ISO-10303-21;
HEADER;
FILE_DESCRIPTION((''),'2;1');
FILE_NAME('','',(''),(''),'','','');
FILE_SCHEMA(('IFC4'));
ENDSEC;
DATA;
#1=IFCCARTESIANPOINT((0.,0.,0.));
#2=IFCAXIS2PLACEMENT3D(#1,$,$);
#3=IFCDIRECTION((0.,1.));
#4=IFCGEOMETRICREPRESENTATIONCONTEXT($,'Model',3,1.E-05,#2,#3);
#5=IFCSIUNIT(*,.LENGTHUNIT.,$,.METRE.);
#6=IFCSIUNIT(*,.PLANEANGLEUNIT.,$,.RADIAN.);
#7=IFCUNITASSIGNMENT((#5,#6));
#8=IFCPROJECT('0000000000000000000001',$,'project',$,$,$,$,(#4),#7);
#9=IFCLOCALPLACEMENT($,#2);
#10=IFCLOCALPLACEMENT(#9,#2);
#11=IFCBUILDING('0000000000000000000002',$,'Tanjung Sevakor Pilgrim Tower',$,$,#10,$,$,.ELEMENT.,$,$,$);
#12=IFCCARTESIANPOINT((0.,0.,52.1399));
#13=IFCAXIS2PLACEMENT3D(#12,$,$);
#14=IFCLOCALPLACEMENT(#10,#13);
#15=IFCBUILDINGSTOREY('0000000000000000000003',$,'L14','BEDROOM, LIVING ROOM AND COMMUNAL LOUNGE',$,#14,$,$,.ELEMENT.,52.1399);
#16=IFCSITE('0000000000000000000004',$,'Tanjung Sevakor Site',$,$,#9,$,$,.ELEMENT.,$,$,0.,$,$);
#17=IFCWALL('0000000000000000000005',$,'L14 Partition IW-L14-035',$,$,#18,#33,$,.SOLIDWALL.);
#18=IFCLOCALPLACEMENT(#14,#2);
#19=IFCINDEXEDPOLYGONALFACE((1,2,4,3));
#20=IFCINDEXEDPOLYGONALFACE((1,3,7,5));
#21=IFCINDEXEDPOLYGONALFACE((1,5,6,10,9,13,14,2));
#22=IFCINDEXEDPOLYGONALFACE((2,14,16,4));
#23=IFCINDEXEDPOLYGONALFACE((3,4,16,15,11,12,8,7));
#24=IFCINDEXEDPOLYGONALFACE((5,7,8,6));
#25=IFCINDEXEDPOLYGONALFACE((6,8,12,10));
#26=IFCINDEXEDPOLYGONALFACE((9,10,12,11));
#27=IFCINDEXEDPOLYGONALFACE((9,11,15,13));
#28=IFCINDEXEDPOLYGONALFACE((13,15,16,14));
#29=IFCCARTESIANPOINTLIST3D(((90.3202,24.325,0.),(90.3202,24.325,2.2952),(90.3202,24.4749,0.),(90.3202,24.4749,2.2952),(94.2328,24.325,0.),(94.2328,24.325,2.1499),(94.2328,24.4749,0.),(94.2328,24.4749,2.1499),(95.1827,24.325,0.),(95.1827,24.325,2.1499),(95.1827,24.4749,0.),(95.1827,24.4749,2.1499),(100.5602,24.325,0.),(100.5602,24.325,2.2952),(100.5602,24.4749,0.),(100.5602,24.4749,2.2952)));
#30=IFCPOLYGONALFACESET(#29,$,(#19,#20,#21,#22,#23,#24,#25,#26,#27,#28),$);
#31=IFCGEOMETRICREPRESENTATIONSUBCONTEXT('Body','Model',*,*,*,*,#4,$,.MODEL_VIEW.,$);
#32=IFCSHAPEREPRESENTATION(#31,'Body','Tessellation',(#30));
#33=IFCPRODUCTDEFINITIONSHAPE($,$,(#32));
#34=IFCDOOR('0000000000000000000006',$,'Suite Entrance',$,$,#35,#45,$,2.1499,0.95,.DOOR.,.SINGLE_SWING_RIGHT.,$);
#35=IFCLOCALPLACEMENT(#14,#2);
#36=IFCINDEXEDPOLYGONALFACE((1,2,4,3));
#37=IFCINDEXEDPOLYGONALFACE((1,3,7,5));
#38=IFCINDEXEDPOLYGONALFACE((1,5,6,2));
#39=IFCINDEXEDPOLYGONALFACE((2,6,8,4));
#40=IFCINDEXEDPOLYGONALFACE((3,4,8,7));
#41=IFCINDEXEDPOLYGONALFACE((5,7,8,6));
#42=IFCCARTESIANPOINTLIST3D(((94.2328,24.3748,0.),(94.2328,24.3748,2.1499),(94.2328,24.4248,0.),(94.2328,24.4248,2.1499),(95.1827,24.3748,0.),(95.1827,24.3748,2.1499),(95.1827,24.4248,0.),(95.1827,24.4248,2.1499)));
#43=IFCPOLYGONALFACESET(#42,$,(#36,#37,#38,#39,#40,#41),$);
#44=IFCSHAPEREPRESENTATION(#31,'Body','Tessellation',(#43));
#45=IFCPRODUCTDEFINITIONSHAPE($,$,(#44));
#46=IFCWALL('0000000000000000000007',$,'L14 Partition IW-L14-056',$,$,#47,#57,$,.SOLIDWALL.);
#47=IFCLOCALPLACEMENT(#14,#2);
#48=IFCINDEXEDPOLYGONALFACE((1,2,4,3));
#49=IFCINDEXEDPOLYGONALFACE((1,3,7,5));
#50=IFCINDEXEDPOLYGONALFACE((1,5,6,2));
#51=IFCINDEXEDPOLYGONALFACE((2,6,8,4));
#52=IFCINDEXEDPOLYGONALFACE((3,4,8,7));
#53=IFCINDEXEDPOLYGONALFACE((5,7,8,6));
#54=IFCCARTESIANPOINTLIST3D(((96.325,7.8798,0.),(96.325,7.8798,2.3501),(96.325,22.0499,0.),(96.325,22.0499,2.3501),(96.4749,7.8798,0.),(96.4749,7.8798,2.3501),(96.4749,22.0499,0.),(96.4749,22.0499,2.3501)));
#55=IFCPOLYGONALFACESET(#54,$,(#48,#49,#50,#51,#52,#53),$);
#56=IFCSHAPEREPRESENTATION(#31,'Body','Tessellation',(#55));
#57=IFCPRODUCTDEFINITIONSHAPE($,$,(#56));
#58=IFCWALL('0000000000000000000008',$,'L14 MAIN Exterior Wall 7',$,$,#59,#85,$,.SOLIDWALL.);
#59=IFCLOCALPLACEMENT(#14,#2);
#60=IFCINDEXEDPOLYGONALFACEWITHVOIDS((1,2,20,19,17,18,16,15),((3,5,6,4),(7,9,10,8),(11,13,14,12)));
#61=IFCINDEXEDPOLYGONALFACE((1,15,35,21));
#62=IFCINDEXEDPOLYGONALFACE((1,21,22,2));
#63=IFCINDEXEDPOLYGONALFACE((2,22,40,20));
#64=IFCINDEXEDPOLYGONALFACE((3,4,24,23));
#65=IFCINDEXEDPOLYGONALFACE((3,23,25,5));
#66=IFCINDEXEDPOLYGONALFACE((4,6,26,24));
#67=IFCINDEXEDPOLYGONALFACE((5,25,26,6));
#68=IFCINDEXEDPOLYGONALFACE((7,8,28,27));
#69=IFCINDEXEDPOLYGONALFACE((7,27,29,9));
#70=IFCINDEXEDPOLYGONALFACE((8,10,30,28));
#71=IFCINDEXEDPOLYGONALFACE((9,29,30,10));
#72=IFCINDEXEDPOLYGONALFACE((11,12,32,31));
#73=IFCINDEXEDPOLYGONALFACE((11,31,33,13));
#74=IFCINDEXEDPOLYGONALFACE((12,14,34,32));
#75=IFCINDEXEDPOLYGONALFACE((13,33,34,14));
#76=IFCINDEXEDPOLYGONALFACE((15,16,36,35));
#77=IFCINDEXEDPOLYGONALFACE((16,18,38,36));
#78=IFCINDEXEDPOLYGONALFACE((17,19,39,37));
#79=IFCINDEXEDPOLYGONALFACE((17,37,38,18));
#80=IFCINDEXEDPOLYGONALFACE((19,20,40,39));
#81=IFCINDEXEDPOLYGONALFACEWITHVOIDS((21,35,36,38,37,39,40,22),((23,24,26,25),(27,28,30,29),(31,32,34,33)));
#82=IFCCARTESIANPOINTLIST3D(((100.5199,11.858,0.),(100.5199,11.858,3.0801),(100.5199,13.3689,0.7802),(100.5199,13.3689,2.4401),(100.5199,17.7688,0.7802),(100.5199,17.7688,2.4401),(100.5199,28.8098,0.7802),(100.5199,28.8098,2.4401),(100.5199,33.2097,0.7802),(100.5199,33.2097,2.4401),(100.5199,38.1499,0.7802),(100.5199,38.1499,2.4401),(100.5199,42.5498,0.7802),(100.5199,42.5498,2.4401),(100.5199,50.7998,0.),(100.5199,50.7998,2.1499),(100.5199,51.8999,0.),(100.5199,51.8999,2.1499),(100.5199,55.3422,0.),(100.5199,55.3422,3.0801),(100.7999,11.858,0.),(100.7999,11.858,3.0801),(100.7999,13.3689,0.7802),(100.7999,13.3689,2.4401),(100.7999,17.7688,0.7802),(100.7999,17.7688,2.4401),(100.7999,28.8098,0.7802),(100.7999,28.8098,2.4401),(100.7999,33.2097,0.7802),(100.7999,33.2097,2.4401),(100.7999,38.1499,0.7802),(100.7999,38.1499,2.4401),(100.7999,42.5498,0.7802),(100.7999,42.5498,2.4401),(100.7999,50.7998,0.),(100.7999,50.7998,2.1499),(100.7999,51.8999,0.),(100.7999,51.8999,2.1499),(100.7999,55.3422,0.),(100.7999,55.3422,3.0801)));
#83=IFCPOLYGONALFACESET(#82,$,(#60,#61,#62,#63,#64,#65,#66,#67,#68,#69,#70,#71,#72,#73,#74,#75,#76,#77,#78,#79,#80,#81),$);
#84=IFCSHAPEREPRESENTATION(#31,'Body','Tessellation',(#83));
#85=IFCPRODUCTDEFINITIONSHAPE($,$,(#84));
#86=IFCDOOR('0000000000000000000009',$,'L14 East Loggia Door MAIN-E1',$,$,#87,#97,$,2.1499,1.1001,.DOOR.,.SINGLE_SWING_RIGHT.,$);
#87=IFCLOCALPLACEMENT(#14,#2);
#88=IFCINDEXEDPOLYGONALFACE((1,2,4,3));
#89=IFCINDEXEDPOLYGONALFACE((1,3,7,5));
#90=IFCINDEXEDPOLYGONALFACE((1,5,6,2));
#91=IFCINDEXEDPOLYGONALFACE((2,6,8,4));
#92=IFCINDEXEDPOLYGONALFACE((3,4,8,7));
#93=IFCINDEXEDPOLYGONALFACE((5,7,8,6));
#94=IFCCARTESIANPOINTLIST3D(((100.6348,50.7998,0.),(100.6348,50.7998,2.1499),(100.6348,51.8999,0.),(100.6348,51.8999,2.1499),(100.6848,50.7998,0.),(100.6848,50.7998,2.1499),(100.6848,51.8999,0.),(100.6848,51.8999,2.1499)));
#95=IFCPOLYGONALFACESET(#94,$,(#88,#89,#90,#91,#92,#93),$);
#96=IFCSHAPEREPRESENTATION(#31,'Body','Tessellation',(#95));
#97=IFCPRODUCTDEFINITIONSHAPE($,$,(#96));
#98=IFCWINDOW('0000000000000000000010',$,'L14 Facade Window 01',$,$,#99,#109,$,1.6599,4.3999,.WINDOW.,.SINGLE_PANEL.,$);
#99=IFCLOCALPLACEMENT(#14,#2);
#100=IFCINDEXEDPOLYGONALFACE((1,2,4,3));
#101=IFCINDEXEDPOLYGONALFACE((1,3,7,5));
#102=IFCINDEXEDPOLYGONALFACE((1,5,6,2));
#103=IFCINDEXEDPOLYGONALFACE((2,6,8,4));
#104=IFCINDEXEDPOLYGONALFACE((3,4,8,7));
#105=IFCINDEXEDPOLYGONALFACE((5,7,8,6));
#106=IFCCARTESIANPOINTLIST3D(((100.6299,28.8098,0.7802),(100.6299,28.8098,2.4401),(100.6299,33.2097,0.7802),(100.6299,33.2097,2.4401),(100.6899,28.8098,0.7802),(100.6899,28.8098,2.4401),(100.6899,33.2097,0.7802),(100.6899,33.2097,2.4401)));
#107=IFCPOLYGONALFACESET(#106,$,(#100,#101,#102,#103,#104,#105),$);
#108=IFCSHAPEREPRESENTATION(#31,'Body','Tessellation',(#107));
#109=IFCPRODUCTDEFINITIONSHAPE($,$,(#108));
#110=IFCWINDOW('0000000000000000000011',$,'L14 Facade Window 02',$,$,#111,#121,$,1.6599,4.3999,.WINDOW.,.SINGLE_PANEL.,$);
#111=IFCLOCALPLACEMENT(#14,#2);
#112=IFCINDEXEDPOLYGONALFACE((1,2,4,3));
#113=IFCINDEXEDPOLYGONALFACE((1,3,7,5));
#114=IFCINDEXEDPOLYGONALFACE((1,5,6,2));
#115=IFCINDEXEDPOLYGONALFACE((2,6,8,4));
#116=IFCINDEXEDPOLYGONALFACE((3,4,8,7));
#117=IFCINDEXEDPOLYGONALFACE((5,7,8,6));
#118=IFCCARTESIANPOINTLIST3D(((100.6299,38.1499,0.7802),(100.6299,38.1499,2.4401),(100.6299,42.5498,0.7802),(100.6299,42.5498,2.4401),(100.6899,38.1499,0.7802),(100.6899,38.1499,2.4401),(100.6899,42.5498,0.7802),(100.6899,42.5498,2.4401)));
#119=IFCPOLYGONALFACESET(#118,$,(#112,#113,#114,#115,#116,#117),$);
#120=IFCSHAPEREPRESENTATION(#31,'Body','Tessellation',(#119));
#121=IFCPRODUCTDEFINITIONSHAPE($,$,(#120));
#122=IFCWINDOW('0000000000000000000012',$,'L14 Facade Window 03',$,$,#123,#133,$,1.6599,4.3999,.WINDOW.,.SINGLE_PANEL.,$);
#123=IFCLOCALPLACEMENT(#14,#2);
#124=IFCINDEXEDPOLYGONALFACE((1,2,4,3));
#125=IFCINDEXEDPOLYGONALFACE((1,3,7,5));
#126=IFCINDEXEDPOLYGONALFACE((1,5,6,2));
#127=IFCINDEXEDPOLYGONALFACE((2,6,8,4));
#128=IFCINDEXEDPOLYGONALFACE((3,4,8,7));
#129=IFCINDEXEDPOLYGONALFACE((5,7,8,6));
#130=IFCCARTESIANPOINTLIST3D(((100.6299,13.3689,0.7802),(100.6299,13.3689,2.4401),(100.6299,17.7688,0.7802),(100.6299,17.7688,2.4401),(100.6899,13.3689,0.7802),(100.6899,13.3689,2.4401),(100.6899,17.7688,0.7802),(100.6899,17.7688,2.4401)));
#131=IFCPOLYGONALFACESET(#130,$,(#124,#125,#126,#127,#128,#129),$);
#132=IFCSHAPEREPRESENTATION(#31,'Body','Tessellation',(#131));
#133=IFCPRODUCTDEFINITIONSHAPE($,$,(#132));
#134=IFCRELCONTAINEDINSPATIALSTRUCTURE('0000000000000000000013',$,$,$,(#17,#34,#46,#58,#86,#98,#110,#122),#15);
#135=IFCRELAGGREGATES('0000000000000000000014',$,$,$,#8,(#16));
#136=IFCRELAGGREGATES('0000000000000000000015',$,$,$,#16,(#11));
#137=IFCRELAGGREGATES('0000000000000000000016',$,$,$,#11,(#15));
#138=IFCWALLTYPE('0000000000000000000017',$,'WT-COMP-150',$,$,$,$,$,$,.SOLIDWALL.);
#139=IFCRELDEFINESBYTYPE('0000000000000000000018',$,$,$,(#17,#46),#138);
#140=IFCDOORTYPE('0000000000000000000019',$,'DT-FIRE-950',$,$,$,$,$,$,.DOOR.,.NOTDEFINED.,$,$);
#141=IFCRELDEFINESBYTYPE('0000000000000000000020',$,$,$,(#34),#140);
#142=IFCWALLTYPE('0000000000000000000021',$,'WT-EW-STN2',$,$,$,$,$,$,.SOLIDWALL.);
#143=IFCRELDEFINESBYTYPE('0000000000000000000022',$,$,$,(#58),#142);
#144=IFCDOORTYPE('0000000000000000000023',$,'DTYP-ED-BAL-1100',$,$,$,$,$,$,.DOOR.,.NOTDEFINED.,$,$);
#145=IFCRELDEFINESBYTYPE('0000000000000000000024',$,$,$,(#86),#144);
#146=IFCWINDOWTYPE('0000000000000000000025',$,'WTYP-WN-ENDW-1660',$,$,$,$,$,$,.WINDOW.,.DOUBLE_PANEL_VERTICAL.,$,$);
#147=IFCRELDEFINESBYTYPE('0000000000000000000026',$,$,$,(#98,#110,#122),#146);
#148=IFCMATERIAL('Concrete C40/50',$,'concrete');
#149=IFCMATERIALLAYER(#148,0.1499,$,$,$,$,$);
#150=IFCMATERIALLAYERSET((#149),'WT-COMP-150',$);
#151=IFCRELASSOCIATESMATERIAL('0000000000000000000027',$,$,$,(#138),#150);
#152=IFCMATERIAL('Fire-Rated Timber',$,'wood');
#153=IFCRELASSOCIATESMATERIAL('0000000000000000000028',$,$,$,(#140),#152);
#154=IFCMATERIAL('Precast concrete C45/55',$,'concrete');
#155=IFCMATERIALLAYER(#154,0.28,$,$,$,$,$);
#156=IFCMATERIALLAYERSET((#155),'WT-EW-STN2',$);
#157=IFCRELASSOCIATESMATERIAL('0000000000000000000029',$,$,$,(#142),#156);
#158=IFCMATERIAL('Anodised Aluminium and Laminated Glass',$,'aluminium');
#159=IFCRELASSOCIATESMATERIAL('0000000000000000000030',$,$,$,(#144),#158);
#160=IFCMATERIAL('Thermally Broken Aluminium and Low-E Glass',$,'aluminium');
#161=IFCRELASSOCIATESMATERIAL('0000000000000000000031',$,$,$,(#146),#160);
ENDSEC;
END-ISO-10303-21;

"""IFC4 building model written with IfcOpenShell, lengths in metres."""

from ifc_helpers import new_model, si_unit, direction, frame, frame_2d, origin, place, context, subcontext, project, spatial, rectangle, extrude, material, layer, layer_set, type_object, element, fill, save


model = new_model("IFC4")

# Units and contexts
model_context = context("Model", 3, precision=1e-05, world=origin(), true_north=direction((0.0, 1.0)))
body_context = subcontext(model_context, "Body", "Model", "MODEL_VIEW")
ifc_project = project(units=[si_unit("LENGTHUNIT", "METRE"), si_unit("PLANEANGLEUNIT", "RADIAN")], contexts=[model_context])

# Site, building, storey
site_placement = place(None, origin())
site = spatial("IfcSite", under=ifc_project, at=site_placement, Name="Tanjung Sevakor Site", CompositionType="ELEMENT", RefElevation=0.0)
building_placement = place(site_placement, origin())
building = spatial("IfcBuilding", under=site, at=building_placement, Name="Tanjung Sevakor Pilgrim Tower", CompositionType="ELEMENT")
storey_placement = place(building_placement, frame((0.0, 0.0, 52.1399)))
storey = spatial("IfcBuildingStorey", under=building, at=storey_placement, Name="L14", Description="BEDROOM, LIVING ROOM AND COMMUNAL LOUNGE", CompositionType="ELEMENT", Elevation=52.1399)

# Wall, opening, door
ifc_material_1 = material(Name="Concrete C40/50", Category="concrete")
ifc_layer_1 = layer(ifc_material_1, 0.1499)
ifc_layer_set_1 = layer_set([ifc_layer_1], Name="WT-COMP-150")
wall_type_1 = type_object("IfcWallType", Name="WT-COMP-150", PredefinedType="SOLIDWALL", material=ifc_layer_set_1)
wall_1_placement = place(storey_placement, frame((90.3201, 24.3999, 0.0), z_axis=(0.0, 0.0, 1.0), x_axis=(1.0, 0.0, 0.0)))
wall_1 = element("IfcWall", 1, at=wall_1_placement, inside=storey, type_object=wall_type_1, Name="L14 Partition IW-L14-035", PredefinedType="SOLIDWALL", context=body_context, shape_type="SweptSolid", body=[
    extrude(rectangle(XDim=10.24, YDim=0.1499, at=frame_2d((5.1201, 0.0))), origin(), (0.0, 0.0, 1.0), 2.2952),
])
opening_1_placement = place(wall_1_placement, frame((3.9126, 0.0, 0.0)))
opening_1 = element("IfcOpeningElement", 2, at=opening_1_placement, cuts=wall_1, PredefinedType="OPENING", context=body_context, shape_type="SweptSolid", body=[
    extrude(rectangle(XDim=0.95, YDim=2.1499, at=frame_2d((0.4751, 1.075))), frame((0.0, 0.085, 0.0), z_axis=(0.0, -1.0, 0.0), x_axis=(1.0, 0.0, 0.0)), (0.0, 0.0, 1.0), 0.1699),
])
ifc_material_2 = material(Name="Fire-Rated Timber", Category="wood")
door_type_1 = type_object("IfcDoorType", Name="DT-FIRE-950", OperationType="NOTDEFINED", PredefinedType="DOOR", material=ifc_material_2)
door_1_placement = place(opening_1_placement, origin())
door_1 = element("IfcDoor", 3, at=door_1_placement, inside=storey, type_object=door_type_1, Name="Suite Entrance", OperationType="SINGLE_SWING_RIGHT", OverallHeight=2.1499, OverallWidth=0.95, PredefinedType="DOOR", context=body_context, shape_type="SweptSolid", body=[
    extrude(rectangle(XDim=0.95, YDim=2.1499, at=frame_2d((0.4751, 1.075))), frame((0.0, 0.0249, 0.0), z_axis=(0.0, -1.0, 0.0), x_axis=(1.0, 0.0, 0.0)), (0.0, 0.0, 1.0), 0.05),
])
fill(opening_1, door_1)

# Wall
wall_2_placement = place(storey_placement, frame((96.3999, 7.8799, 0.0), z_axis=(0.0, 0.0, 1.0), x_axis=(0.0, 1.0, 0.0)))
element("IfcWall", 4, at=wall_2_placement, inside=storey, type_object=wall_type_1, Name="L14 Partition IW-L14-056", PredefinedType="SOLIDWALL", context=body_context, shape_type="SweptSolid", body=[
    extrude(rectangle(XDim=14.1702, YDim=0.1499, at=frame_2d((7.085, 0.0))), origin(), (0.0, 0.0, 1.0), 2.3501),
])

# Wall, openings, door, windows
ifc_material_3 = material(Name="Precast concrete C45/55", Category="concrete")
ifc_layer_2 = layer(ifc_material_3, 0.28)
ifc_layer_set_2 = layer_set([ifc_layer_2], Name="WT-EW-STN2")
wall_type_2 = type_object("IfcWallType", Name="WT-EW-STN2", PredefinedType="SOLIDWALL", material=ifc_layer_set_2)
wall_3_placement = place(storey_placement, frame((100.6599, 11.8579, 0.0), z_axis=(0.0, 0.0, 1.0), x_axis=(0.0, 1.0, 0.0)))
wall_3 = element("IfcWall", 5, at=wall_3_placement, inside=storey, type_object=wall_type_2, Name="L14 MAIN Exterior Wall 7", PredefinedType="SOLIDWALL", context=body_context, shape_type="SweptSolid", body=[
    extrude(rectangle(XDim=43.4841, YDim=0.28, at=frame_2d((21.7422, 0.0))), origin(), (0.0, 0.0, 1.0), 3.0801),
])
opening_2_placement = place(wall_3_placement, frame((38.9419, 0.0, 0.0)))
opening_2 = element("IfcOpeningElement", 6, at=opening_2_placement, cuts=wall_3, PredefinedType="OPENING", context=body_context, shape_type="SweptSolid", body=[
    extrude(rectangle(XDim=1.1001, YDim=2.1499, at=frame_2d((0.55, 1.075))), frame((0.0, 0.1499, 0.0), z_axis=(0.0, -1.0, 0.0), x_axis=(1.0, 0.0, 0.0)), (0.0, 0.0, 1.0), 0.3),
])
opening_3_placement = place(wall_3_placement, frame((16.9519, 0.0, 0.78)))
opening_3 = element("IfcOpeningElement", 7, at=opening_3_placement, cuts=wall_3, PredefinedType="OPENING", context=body_context, shape_type="SweptSolid", body=[
    extrude(rectangle(XDim=4.3999, YDim=1.6599, at=frame_2d((2.2, 0.8301))), frame((0.0, 0.1499, 0.0), z_axis=(0.0, -1.0, 0.0), x_axis=(1.0, 0.0, 0.0)), (0.0, 0.0, 1.0), 0.3),
])
opening_4_placement = place(wall_3_placement, frame((26.292, 0.0, 0.78)))
opening_4 = element("IfcOpeningElement", 8, at=opening_4_placement, cuts=wall_3, PredefinedType="OPENING", context=body_context, shape_type="SweptSolid", body=[
    extrude(rectangle(XDim=4.3999, YDim=1.6599, at=frame_2d((2.2, 0.8301))), frame((0.0, 0.1499, 0.0), z_axis=(0.0, -1.0, 0.0), x_axis=(1.0, 0.0, 0.0)), (0.0, 0.0, 1.0), 0.3),
])
opening_5_placement = place(wall_3_placement, frame((1.511, 0.0, 0.78)))
opening_5 = element("IfcOpeningElement", 9, at=opening_5_placement, cuts=wall_3, PredefinedType="OPENING", context=body_context, shape_type="SweptSolid", body=[
    extrude(rectangle(XDim=4.3999, YDim=1.6599, at=frame_2d((2.2, 0.8301))), frame((0.0, 0.1499, 0.0), z_axis=(0.0, -1.0, 0.0), x_axis=(1.0, 0.0, 0.0)), (0.0, 0.0, 1.0), 0.3),
])
ifc_material_4 = material(Name="Anodised Aluminium and Laminated Glass", Category="aluminium")
door_type_2 = type_object("IfcDoorType", Name="DTYP-ED-BAL-1100", OperationType="NOTDEFINED", PredefinedType="DOOR", material=ifc_material_4)
door_2_placement = place(opening_2_placement, frame((1.1001, 0.0, 0.0), z_axis=(0.0, 0.0, 1.0), x_axis=(-1.0, 0.0, 0.0)))
door_2 = element("IfcDoor", 10, at=door_2_placement, inside=storey, type_object=door_type_2, Name="L14 East Loggia Door MAIN-E1", OperationType="SINGLE_SWING_RIGHT", OverallHeight=2.1499, OverallWidth=1.1001, PredefinedType="DOOR", context=body_context, shape_type="SweptSolid", body=[
    extrude(rectangle(XDim=1.1001, YDim=2.1499, at=frame_2d((0.55, 1.075))), frame((0.0, 0.0249, 0.0), z_axis=(0.0, -1.0, 0.0), x_axis=(1.0, 0.0, 0.0)), (0.0, 0.0, 1.0), 0.05),
])
fill(opening_2, door_2)
ifc_material_5 = material(Name="Thermally Broken Aluminium and Low-E Glass", Category="aluminium")
window_type = type_object("IfcWindowType", Name="WTYP-WN-ENDW-1660", PartitioningType="DOUBLE_PANEL_VERTICAL", PredefinedType="WINDOW", material=ifc_material_5)
window_1_placement = place(opening_3_placement, origin())
window_1 = element("IfcWindow", 11, at=window_1_placement, inside=storey, type_object=window_type, Name="L14 Facade Window 01", OverallHeight=1.6599, OverallWidth=4.3999, PartitioningType="SINGLE_PANEL", PredefinedType="WINDOW", context=body_context, shape_type="SweptSolid", body=[
    extrude(rectangle(XDim=4.3999, YDim=1.6599, at=frame_2d((2.2, 0.8301))), frame((0.0, 0.03, 0.0), z_axis=(0.0, -1.0, 0.0), x_axis=(1.0, 0.0, 0.0)), (0.0, 0.0, 1.0), 0.0601),
])
fill(opening_3, window_1)
window_2_placement = place(opening_4_placement, origin())
window_2 = element("IfcWindow", 12, at=window_2_placement, inside=storey, type_object=window_type, Name="L14 Facade Window 02", OverallHeight=1.6599, OverallWidth=4.3999, PartitioningType="SINGLE_PANEL", PredefinedType="WINDOW", context=body_context, shape_type="SweptSolid", body=[
    extrude(rectangle(XDim=4.3999, YDim=1.6599, at=frame_2d((2.2, 0.8301))), frame((0.0, 0.03, 0.0), z_axis=(0.0, -1.0, 0.0), x_axis=(1.0, 0.0, 0.0)), (0.0, 0.0, 1.0), 0.0601),
])
fill(opening_4, window_2)
window_3_placement = place(opening_5_placement, origin())
window_3 = element("IfcWindow", 13, at=window_3_placement, inside=storey, type_object=window_type, Name="L14 Facade Window 03", OverallHeight=1.6599, OverallWidth=4.3999, PartitioningType="SINGLE_PANEL", PredefinedType="WINDOW", context=body_context, shape_type="SweptSolid", body=[
    extrude(rectangle(XDim=4.3999, YDim=1.6599, at=frame_2d((2.2, 0.8301))), frame((0.0, 0.03, 0.0), z_axis=(0.0, -1.0, 0.0), x_axis=(1.0, 0.0, 0.0)), (0.0, 0.0, 1.0), 0.0601),
])
fill(opening_5, window_3)

save(model, "model.ifc")
